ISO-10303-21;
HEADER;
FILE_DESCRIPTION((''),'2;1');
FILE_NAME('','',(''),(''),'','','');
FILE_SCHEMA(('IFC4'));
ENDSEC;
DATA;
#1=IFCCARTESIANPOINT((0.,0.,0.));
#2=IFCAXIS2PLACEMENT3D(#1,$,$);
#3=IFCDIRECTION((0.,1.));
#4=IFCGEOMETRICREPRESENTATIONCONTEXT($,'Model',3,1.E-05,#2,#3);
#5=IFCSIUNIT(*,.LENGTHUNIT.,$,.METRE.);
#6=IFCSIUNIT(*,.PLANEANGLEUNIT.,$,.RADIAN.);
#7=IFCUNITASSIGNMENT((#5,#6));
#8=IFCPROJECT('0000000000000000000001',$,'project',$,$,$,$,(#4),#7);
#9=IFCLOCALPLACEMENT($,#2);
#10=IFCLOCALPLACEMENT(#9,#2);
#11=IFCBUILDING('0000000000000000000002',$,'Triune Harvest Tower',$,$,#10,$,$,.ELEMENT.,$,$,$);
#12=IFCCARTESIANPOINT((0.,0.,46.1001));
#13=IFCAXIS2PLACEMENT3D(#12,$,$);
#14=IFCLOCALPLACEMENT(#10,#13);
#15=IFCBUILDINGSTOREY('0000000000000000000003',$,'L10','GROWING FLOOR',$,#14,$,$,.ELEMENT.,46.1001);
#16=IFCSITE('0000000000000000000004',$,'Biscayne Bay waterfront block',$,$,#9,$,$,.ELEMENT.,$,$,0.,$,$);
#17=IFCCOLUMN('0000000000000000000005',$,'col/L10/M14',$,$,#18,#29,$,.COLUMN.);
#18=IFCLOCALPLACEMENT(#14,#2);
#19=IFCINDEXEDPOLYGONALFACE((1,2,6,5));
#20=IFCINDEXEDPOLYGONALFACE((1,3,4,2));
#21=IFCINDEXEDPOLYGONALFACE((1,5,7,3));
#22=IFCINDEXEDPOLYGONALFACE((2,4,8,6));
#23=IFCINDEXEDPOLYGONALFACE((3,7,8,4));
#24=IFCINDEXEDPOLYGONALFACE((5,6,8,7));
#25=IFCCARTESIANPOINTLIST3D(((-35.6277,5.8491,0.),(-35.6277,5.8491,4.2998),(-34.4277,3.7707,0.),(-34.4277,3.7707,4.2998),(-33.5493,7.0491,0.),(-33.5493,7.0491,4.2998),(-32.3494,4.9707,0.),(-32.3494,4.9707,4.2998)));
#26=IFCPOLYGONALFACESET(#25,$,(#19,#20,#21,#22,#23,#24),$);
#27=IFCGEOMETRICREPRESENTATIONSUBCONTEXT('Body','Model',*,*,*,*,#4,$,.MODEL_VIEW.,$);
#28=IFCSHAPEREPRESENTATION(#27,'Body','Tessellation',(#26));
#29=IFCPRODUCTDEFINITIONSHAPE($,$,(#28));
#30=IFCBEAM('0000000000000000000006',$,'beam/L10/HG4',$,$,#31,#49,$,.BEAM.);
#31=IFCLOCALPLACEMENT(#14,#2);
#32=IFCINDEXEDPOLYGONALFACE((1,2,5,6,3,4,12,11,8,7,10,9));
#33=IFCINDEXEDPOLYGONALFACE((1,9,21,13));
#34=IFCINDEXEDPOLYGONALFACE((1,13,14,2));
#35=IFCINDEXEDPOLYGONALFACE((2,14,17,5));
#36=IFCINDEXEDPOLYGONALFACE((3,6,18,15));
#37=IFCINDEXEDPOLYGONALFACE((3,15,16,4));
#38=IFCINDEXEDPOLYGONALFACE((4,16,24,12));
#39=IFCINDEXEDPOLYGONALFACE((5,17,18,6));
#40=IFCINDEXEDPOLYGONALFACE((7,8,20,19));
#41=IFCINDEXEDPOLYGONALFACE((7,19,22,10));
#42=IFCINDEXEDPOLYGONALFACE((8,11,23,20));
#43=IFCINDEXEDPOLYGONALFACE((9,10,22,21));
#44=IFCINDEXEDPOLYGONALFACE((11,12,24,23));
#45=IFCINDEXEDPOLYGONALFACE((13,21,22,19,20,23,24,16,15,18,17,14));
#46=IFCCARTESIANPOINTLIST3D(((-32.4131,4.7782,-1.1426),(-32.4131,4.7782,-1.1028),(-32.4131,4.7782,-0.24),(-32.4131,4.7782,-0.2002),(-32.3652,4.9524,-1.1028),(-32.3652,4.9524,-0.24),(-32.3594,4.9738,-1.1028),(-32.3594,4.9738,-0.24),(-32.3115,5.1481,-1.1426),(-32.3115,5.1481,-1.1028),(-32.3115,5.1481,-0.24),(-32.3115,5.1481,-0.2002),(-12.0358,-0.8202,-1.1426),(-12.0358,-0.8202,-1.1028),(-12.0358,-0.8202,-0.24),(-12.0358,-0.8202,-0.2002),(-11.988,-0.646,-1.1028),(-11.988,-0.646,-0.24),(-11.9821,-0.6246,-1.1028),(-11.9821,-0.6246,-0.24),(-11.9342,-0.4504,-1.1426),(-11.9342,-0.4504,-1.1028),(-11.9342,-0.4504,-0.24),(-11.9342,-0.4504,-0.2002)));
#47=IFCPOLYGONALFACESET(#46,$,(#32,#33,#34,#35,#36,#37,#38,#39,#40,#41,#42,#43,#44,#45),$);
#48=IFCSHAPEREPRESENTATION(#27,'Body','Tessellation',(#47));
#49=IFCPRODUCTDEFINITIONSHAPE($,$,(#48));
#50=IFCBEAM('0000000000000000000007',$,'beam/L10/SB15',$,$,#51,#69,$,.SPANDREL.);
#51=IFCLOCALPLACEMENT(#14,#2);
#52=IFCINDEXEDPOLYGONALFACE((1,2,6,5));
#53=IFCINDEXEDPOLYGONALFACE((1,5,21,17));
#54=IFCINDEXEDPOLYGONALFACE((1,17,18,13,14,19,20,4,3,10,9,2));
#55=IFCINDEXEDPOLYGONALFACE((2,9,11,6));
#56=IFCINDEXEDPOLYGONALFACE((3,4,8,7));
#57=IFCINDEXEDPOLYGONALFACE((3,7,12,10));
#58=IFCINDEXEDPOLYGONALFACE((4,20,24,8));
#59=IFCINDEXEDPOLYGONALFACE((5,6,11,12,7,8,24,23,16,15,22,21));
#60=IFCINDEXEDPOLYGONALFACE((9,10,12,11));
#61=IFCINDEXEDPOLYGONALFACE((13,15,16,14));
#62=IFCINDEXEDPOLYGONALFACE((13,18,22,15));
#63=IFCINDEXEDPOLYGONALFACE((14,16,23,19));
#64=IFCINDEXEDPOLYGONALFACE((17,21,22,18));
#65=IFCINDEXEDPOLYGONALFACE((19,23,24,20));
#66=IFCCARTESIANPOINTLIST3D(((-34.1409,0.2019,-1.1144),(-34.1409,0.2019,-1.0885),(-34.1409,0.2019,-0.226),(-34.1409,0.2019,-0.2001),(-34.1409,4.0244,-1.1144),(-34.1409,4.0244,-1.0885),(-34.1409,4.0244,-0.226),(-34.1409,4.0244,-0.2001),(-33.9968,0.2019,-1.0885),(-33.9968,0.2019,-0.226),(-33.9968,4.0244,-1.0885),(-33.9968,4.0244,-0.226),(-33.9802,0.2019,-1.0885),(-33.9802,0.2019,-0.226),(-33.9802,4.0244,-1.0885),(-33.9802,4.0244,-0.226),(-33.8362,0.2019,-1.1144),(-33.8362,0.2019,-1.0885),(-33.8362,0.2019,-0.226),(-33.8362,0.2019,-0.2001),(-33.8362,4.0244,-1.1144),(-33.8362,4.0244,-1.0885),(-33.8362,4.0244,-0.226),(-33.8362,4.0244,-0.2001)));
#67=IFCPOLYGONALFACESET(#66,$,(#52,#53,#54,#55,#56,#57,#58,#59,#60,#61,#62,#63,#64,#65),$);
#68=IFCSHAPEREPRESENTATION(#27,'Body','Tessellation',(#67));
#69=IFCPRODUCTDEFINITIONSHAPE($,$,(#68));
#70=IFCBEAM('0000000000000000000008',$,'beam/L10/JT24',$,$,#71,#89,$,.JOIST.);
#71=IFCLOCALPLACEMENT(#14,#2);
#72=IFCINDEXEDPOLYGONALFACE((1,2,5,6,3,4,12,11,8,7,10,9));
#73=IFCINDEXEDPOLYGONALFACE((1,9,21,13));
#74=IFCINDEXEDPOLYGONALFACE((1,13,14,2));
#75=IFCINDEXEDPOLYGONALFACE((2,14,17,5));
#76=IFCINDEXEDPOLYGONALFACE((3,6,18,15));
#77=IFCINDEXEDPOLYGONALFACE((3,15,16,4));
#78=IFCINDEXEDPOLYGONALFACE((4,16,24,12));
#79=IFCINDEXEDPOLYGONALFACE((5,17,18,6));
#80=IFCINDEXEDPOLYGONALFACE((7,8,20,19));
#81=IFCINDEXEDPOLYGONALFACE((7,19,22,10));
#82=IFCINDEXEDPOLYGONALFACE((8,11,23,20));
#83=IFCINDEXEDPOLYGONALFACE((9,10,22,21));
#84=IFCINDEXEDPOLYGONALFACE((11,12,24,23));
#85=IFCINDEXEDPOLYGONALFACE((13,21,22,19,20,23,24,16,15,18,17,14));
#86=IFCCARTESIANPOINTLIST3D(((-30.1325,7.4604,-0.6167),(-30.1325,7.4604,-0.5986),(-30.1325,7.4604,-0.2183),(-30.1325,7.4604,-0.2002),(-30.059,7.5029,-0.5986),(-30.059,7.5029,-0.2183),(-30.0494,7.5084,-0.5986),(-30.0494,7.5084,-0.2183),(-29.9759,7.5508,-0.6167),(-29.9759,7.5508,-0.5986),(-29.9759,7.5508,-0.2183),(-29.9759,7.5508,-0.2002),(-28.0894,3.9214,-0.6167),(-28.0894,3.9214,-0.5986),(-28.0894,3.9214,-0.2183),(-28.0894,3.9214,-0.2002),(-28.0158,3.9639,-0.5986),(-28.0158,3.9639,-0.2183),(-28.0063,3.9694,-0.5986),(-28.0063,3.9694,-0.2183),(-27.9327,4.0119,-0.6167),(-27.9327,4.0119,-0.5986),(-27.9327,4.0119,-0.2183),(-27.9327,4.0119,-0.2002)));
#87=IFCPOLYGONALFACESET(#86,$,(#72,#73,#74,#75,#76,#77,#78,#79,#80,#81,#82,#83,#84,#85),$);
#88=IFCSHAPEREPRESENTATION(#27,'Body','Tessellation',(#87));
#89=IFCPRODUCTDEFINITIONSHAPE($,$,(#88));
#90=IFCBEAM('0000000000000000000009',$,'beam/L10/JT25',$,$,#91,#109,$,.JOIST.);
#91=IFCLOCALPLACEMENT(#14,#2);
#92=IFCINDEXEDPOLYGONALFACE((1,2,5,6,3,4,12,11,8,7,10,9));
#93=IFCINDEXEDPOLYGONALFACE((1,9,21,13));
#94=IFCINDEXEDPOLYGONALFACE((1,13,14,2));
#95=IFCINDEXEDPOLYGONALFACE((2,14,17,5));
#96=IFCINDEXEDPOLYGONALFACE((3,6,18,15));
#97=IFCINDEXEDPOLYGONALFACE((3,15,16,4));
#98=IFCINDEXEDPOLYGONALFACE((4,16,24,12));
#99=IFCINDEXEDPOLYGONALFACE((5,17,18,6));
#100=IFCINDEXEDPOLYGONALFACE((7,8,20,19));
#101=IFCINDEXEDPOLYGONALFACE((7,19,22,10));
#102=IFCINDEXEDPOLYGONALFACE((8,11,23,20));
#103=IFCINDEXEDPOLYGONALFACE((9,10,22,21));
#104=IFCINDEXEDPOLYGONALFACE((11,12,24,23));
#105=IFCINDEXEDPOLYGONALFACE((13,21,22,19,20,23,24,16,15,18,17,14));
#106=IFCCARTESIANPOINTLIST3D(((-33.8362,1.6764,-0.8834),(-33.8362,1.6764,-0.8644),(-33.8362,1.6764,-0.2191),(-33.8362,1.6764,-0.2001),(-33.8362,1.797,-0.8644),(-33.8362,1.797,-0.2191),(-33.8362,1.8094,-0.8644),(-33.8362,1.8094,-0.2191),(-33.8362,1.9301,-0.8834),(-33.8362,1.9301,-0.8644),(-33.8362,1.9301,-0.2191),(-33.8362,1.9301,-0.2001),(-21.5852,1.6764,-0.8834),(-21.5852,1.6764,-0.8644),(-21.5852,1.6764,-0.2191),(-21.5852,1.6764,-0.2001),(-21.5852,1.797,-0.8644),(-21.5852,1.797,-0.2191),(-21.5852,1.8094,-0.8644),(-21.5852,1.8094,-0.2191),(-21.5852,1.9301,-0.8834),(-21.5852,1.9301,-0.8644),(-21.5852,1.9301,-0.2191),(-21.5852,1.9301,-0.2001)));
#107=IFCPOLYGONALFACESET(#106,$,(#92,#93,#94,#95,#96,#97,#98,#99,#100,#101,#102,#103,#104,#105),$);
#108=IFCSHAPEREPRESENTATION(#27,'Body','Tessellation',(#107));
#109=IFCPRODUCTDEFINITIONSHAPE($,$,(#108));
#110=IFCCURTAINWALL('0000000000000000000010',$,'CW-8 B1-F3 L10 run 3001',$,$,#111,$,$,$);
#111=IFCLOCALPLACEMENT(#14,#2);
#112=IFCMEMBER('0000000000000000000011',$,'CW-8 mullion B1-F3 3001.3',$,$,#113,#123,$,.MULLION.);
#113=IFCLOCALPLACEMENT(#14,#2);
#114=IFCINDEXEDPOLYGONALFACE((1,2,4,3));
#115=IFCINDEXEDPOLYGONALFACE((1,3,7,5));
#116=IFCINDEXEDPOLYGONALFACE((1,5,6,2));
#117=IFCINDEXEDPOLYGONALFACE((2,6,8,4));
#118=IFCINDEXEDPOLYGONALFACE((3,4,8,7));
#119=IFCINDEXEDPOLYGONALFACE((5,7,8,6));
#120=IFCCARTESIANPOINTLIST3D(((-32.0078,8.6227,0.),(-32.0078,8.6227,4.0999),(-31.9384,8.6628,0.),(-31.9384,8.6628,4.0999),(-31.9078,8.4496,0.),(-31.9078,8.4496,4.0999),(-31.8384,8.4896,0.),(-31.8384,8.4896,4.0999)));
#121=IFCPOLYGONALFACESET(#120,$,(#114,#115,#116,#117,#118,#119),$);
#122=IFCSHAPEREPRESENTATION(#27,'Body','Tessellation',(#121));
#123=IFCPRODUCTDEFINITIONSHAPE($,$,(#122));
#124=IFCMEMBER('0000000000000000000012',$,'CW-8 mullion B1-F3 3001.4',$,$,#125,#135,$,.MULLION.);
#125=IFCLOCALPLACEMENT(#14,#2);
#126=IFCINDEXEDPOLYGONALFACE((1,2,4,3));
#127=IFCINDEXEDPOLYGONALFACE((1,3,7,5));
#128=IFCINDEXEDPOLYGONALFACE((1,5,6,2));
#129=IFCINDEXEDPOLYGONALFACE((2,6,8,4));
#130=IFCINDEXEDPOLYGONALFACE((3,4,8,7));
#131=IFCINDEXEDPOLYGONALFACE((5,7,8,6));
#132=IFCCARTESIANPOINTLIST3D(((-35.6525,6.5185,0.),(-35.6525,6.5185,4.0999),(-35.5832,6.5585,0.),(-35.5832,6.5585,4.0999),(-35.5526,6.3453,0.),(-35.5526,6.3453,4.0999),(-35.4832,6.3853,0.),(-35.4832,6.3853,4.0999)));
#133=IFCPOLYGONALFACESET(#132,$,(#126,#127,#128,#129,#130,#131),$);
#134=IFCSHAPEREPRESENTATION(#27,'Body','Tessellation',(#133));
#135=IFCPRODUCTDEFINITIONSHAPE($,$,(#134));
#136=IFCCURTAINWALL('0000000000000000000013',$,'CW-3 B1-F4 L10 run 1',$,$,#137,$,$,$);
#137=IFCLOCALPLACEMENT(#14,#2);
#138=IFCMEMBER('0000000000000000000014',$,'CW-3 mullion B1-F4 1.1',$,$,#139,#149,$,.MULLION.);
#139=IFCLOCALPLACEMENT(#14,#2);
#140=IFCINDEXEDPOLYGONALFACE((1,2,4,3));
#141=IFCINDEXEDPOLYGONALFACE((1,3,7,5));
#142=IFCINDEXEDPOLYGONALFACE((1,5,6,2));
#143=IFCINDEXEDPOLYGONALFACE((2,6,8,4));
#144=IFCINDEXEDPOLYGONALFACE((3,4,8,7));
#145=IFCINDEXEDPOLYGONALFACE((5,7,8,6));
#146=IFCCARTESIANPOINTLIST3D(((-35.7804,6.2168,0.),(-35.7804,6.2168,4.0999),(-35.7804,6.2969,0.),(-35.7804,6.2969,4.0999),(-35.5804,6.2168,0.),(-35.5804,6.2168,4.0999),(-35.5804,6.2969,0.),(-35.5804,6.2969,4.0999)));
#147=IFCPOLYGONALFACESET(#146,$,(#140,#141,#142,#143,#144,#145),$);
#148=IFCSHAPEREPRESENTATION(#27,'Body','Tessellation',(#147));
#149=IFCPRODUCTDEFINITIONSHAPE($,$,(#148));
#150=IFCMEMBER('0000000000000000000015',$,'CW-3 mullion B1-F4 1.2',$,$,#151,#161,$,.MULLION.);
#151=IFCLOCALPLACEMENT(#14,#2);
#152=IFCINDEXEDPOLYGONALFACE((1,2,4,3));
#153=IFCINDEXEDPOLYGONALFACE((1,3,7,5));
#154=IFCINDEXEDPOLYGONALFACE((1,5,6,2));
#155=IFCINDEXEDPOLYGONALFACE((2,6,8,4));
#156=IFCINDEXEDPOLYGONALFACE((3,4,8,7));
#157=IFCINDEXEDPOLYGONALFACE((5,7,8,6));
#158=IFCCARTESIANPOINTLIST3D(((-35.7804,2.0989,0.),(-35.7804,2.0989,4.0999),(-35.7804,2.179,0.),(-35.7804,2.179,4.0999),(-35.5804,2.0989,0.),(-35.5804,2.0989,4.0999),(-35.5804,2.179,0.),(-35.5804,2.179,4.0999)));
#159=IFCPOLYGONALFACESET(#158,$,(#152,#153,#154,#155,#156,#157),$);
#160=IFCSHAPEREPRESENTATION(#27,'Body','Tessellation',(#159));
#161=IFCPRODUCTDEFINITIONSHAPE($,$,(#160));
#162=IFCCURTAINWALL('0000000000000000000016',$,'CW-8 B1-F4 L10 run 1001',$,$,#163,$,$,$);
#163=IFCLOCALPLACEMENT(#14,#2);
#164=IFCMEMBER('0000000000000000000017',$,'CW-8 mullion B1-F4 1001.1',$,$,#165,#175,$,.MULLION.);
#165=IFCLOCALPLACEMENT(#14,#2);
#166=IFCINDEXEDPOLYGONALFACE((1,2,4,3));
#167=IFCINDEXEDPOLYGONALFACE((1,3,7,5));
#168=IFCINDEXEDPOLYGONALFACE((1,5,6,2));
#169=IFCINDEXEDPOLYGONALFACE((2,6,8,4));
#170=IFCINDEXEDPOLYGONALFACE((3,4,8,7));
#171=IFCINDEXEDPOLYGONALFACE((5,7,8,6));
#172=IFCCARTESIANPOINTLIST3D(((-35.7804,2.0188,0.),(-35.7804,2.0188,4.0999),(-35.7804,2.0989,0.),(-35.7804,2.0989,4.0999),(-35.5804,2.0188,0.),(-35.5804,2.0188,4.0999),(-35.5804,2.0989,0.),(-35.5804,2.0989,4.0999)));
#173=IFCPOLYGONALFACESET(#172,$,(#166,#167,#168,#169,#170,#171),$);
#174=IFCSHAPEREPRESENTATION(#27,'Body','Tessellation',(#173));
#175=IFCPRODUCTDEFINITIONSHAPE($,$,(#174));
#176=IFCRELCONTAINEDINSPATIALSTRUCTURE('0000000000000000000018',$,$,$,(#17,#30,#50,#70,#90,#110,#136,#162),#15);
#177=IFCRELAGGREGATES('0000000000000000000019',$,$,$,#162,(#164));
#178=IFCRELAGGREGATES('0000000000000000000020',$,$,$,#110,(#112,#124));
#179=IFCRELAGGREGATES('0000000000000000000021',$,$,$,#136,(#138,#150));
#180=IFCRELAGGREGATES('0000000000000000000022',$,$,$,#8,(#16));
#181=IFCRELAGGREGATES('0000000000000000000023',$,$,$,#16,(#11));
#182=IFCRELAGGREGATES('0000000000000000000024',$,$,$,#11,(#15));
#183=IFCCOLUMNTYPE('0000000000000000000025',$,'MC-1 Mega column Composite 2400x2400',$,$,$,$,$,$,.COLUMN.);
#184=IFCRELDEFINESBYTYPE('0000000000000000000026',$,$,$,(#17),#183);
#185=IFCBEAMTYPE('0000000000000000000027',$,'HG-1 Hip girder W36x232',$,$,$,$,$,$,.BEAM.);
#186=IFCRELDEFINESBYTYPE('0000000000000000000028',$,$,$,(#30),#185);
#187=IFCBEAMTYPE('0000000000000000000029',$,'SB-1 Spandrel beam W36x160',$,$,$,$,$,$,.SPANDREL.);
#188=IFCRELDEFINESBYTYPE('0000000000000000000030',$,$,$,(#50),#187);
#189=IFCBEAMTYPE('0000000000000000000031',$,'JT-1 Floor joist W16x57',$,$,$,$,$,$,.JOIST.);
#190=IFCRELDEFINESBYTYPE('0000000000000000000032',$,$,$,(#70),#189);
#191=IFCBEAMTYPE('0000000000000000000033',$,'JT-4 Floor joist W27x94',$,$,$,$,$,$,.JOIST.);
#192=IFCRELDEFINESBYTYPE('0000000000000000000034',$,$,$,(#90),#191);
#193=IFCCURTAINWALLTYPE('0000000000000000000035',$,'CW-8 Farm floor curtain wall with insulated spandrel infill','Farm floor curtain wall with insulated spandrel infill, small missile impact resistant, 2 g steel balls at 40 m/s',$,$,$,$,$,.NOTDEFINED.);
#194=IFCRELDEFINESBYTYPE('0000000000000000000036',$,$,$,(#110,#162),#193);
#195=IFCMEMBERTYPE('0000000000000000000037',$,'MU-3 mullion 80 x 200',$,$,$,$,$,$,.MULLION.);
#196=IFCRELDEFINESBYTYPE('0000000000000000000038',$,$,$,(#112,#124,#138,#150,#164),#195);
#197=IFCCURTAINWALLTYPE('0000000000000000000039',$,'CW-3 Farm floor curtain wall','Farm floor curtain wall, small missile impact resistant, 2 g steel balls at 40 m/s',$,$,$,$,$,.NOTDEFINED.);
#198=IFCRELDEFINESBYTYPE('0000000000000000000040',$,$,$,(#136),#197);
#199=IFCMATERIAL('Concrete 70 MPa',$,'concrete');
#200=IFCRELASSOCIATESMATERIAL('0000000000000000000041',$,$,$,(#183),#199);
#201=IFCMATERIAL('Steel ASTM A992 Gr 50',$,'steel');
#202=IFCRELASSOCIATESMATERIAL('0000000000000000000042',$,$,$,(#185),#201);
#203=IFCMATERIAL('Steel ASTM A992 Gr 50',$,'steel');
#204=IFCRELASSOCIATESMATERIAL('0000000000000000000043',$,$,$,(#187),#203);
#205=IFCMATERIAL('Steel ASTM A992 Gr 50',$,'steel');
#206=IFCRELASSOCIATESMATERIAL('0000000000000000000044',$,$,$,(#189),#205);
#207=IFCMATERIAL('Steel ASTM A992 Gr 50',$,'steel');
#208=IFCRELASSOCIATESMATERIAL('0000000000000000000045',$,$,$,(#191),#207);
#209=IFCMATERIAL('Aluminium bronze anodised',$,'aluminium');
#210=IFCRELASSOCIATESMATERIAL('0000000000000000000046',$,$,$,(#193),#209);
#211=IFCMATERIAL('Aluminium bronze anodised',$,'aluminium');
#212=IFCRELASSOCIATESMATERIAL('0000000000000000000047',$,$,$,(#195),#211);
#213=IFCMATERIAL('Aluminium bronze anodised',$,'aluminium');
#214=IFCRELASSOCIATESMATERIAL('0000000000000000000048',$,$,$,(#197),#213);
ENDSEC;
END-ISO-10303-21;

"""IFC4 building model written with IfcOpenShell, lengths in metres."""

from ifc_helpers import new_model, si_unit, direction, frame, origin, origin_2d, place, context, subcontext, project, spatial, rectangle, i_section, extrude, source, transform, mapped, material, material_profile, profile_set, type_object, element, aggregate, save


model = new_model("IFC4")

# Units and contexts
model_context = context("Model", 3, precision=1e-05, world=origin(), true_north=direction((0.0, 1.0)))
body_context = subcontext(model_context, "Body", "Model", "MODEL_VIEW")
ifc_project = project(units=[si_unit("LENGTHUNIT", "METRE"), si_unit("PLANEANGLEUNIT", "RADIAN")], contexts=[model_context])

# Site, building, storey
site_placement = place(None, origin())
site = spatial("IfcSite", under=ifc_project, at=site_placement, Name="Biscayne Bay waterfront block", CompositionType="ELEMENT", RefElevation=0.0)
building_placement = place(site_placement, origin())
building = spatial("IfcBuilding", under=site, at=building_placement, Name="Triune Harvest Tower", CompositionType="ELEMENT")
storey_placement = place(building_placement, frame((0.0, 0.0, 46.1001)))
storey = spatial("IfcBuildingStorey", under=building, at=storey_placement, Name="L10", Description="GROWING FLOOR", CompositionType="ELEMENT", Elevation=46.1001)

# Column
ifc_material_1 = material(Name="Concrete 70 MPa", Category="concrete")
ifc_material_profile_1 = material_profile(ifc_material_1, rectangle(XDim=2.3999, YDim=2.3999, at=origin_2d()), Name="Composite 2400x2400")
ifc_profile_set_1 = profile_set([ifc_material_profile_1], Name="Concrete 70 MPa")
column_type = type_object("IfcColumnType", Name="MC-1 Mega column Composite 2400x2400", PredefinedType="COLUMN", material=ifc_profile_set_1)
shared_shape_1 = source(origin(), body_context, "Body", "SweptSolid", [
    extrude(rectangle(XDim=2.3999, YDim=2.3999, at=origin_2d()), origin(), (0.0, 0.0, 1.0), 4.2998),
])
column_placement = place(storey_placement, frame((-33.9885, 5.4099, 0.0), z_axis=(0.0, 0.0, 1.0), x_axis=(-0.866025, -0.5, 0.0)))
element("IfcColumn", 1, at=column_placement, inside=storey, type_object=column_type, Name="col/L10/M14", PredefinedType="COLUMN", context=body_context, shape_type="MappedRepresentation", body=[
    mapped(shared_shape_1, transform((0.0, 0.0, 0.0), scale=1.0)),
])

# Beams
ifc_material_2 = material(Name="Steel ASTM A992 Gr 50", Category="steel")
ifc_material_profile_2 = material_profile(ifc_material_2, i_section(OverallWidth=0.3835, OverallDepth=0.9424, WebThickness=0.0222, FlangeThickness=0.0398, at=origin_2d()), Name="W36x232")
ifc_profile_set_2 = profile_set([ifc_material_profile_2], Name="Steel ASTM A992 Gr 50")
beam_type_1 = type_object("IfcBeamType", Name="HG-1 Hip girder W36x232", PredefinedType="BEAM", material=ifc_profile_set_2)
shared_shape_2 = source(origin(), body_context, "Body", "SweptSolid", [
    extrude(i_section(OverallWidth=0.3835, OverallDepth=0.9424, WebThickness=0.0222, FlangeThickness=0.0398, at=origin_2d()), origin(), (0.0, 0.0, 1.0), 21.1323),
])
beam_1_placement = place(storey_placement, frame((-32.3623, 4.9631, -0.6714), z_axis=(0.96427, -0.264922, 0.0), x_axis=(0.264922, 0.96427, 0.0)))
element("IfcBeam", 2, at=beam_1_placement, inside=storey, type_object=beam_type_1, Name="beam/L10/HG4", PredefinedType="BEAM", context=body_context, shape_type="MappedRepresentation", body=[
    mapped(shared_shape_2, transform((0.0, 0.0, 0.0), scale=1.0)),
])
ifc_material_3 = material(Name="Steel ASTM A992 Gr 50", Category="steel")
ifc_material_profile_3 = material_profile(ifc_material_3, i_section(OverallWidth=0.3047, OverallDepth=0.9143, WebThickness=0.0166, FlangeThickness=0.0259, at=origin_2d()), Name="W36x160")
ifc_profile_set_3 = profile_set([ifc_material_profile_3], Name="Steel ASTM A992 Gr 50")
beam_type_2 = type_object("IfcBeamType", Name="SB-1 Spandrel beam W36x160", PredefinedType="SPANDREL", material=ifc_profile_set_3)
shared_shape_3 = source(origin(), body_context, "Body", "SweptSolid", [
    extrude(i_section(OverallWidth=0.3047, OverallDepth=0.9143, WebThickness=0.0166, FlangeThickness=0.0259, at=origin_2d()), origin(), (0.0, 0.0, 1.0), 3.8225),
])
beam_2_placement = place(storey_placement, frame((-33.9885, 4.0244, -0.6572), z_axis=(0.0, -1.0, 0.0), x_axis=(1.0, 0.0, 0.0)))
element("IfcBeam", 3, at=beam_2_placement, inside=storey, type_object=beam_type_2, Name="beam/L10/SB15", PredefinedType="SPANDREL", context=body_context, shape_type="MappedRepresentation", body=[
    mapped(shared_shape_3, transform((0.0, 0.0, 0.0), scale=1.0)),
])
ifc_material_4 = material(Name="Steel ASTM A992 Gr 50", Category="steel")
ifc_material_profile_4 = material_profile(ifc_material_4, i_section(OverallWidth=0.1809, OverallDepth=0.4165, WebThickness=0.011, FlangeThickness=0.0181, at=origin_2d()), Name="W16x57")
ifc_profile_set_4 = profile_set([ifc_material_profile_4], Name="Steel ASTM A992 Gr 50")
beam_type_3 = type_object("IfcBeamType", Name="JT-1 Floor joist W16x57", PredefinedType="JOIST", material=ifc_profile_set_4)
shared_shape_4 = source(origin(), body_context, "Body", "SweptSolid", [
    extrude(i_section(OverallWidth=0.1809, OverallDepth=0.4165, WebThickness=0.011, FlangeThickness=0.0181, at=origin_2d()), origin(), (0.0, 0.0, 1.0), 4.0864),
])
beam_3_placement = place(storey_placement, frame((-30.0542, 7.5056, -0.4084), z_axis=(0.499988, -0.866032, 0.0), x_axis=(0.866032, 0.499988, 0.0)))
element("IfcBeam", 4, at=beam_3_placement, inside=storey, type_object=beam_type_3, Name="beam/L10/JT24", PredefinedType="JOIST", context=body_context, shape_type="MappedRepresentation", body=[
    mapped(shared_shape_4, transform((0.0, 0.0, 0.0), scale=1.0)),
])
ifc_material_5 = material(Name="Steel ASTM A992 Gr 50", Category="steel")
ifc_material_profile_5 = material_profile(ifc_material_5, i_section(OverallWidth=0.2537, OverallDepth=0.6833, WebThickness=0.0125, FlangeThickness=0.019, at=origin_2d()), Name="W27x94")
ifc_profile_set_5 = profile_set([ifc_material_profile_5], Name="Steel ASTM A992 Gr 50")
beam_type_4 = type_object("IfcBeamType", Name="JT-4 Floor joist W27x94", PredefinedType="JOIST", material=ifc_profile_set_5)
shared_shape_5 = source(origin(), body_context, "Body", "SweptSolid", [
    extrude(i_section(OverallWidth=0.2537, OverallDepth=0.6833, WebThickness=0.0125, FlangeThickness=0.019, at=origin_2d()), origin(), (0.0, 0.0, 1.0), 12.251),
])
beam_4_placement = place(storey_placement, frame((-33.8362, 1.8032, -0.5417), z_axis=(1.0, 0.0, 0.0), x_axis=(0.0, 1.0, 0.0)))
element("IfcBeam", 5, at=beam_4_placement, inside=storey, type_object=beam_type_4, Name="beam/L10/JT25", PredefinedType="JOIST", context=body_context, shape_type="MappedRepresentation", body=[
    mapped(shared_shape_5, transform((0.0, 0.0, 0.0), scale=1.0)),
])

# Curtain walls, members
ifc_material_6 = material(Name="Aluminium bronze anodised", Category="aluminium")
curtain_wall_type_1 = type_object("IfcCurtainWallType", Name="CW-8 Farm floor curtain wall with insulated spandrel infill", Description="Farm floor curtain wall with insulated spandrel infill, small missile impact resistant, 2 g steel balls at 40 m/s", PredefinedType="NOTDEFINED", material=ifc_material_6)
curtain_wall_1_placement = place(storey_placement, origin())
curtain_wall_1 = element("IfcCurtainWall", 6, at=curtain_wall_1_placement, inside=storey, type_object=curtain_wall_type_1, Name="CW-8 B1-F3 L10 run 3001")
ifc_material_7 = material(Name="Aluminium bronze anodised", Category="aluminium")
ifc_material_profile_6 = material_profile(ifc_material_7, rectangle(XDim=0.2, YDim=0.0801, at=origin_2d()), Name="MU-3 mullion 80 x 200")
ifc_profile_set_6 = profile_set([ifc_material_profile_6], Name="Aluminium bronze anodised")
member_type_1 = type_object("IfcMemberType", Name="MU-3 mullion 80 x 200", PredefinedType="MULLION", material=ifc_profile_set_6)
shared_shape_6 = source(origin(), body_context, "Body", "SweptSolid", [
    extrude(rectangle(XDim=0.2, YDim=0.0801, at=origin_2d()), origin(), (0.0, 0.0, 1.0), 4.0999),
])
member_1_placement = place(storey_placement, frame((-31.9231, 8.5562, 0.0), z_axis=(0.0, 0.0, 1.0), x_axis=(0.499999, -0.866026, 0.0)))
member_1 = element("IfcMember", 7, at=member_1_placement, type_object=member_type_1, Name="CW-8 mullion B1-F3 3001.3", PredefinedType="MULLION", context=body_context, shape_type="MappedRepresentation", body=[
    mapped(shared_shape_6, transform((0.0, 0.0, 0.0), scale=1.0)),
])
member_2_placement = place(storey_placement, frame((-35.5679, 6.4519, 0.0), z_axis=(0.0, 0.0, 1.0), x_axis=(0.499999, -0.866026, 0.0)))
member_2 = element("IfcMember", 8, at=member_2_placement, type_object=member_type_1, Name="CW-8 mullion B1-F3 3001.4", PredefinedType="MULLION", context=body_context, shape_type="MappedRepresentation", body=[
    mapped(shared_shape_6, transform((0.0, 0.0, 0.0), scale=1.0)),
])
ifc_material_8 = material(Name="Aluminium bronze anodised", Category="aluminium")
curtain_wall_type_2 = type_object("IfcCurtainWallType", Name="CW-3 Farm floor curtain wall", Description="Farm floor curtain wall, small missile impact resistant, 2 g steel balls at 40 m/s", PredefinedType="NOTDEFINED", material=ifc_material_8)
curtain_wall_2_placement = place(storey_placement, origin())
curtain_wall_2 = element("IfcCurtainWall", 9, at=curtain_wall_2_placement, inside=storey, type_object=curtain_wall_type_2, Name="CW-3 B1-F4 L10 run 1")
member_3_placement = place(storey_placement, frame((-35.6804, 6.2568, 0.0), z_axis=(0.0, 0.0, 1.0), x_axis=(1.0, 0.0, 0.0)))
member_3 = element("IfcMember", 10, at=member_3_placement, type_object=member_type_1, Name="CW-3 mullion B1-F4 1.1", PredefinedType="MULLION", context=body_context, shape_type="MappedRepresentation", body=[
    mapped(shared_shape_6, transform((0.0, 0.0, 0.0), scale=1.0)),
])
member_4_placement = place(storey_placement, frame((-35.6804, 2.1389, 0.0), z_axis=(0.0, 0.0, 1.0), x_axis=(1.0, 0.0, 0.0)))
member_4 = element("IfcMember", 11, at=member_4_placement, type_object=member_type_1, Name="CW-3 mullion B1-F4 1.2", PredefinedType="MULLION", context=body_context, shape_type="MappedRepresentation", body=[
    mapped(shared_shape_6, transform((0.0, 0.0, 0.0), scale=1.0)),
])

# Curtain wall, member
curtain_wall_3_placement = place(storey_placement, origin())
curtain_wall_3 = element("IfcCurtainWall", 12, at=curtain_wall_3_placement, inside=storey, type_object=curtain_wall_type_1, Name="CW-8 B1-F4 L10 run 1001")
member_5_placement = place(storey_placement, frame((-35.6804, 2.0588, 0.0), z_axis=(0.0, 0.0, 1.0), x_axis=(1.0, 0.0, 0.0)))
member_5 = element("IfcMember", 13, at=member_5_placement, type_object=member_type_1, Name="CW-8 mullion B1-F4 1001.1", PredefinedType="MULLION", context=body_context, shape_type="MappedRepresentation", body=[
    mapped(shared_shape_6, transform((0.0, 0.0, 0.0), scale=1.0)),
])

aggregate(curtain_wall_3, [member_5])

aggregate(curtain_wall_1, [member_1, member_2])
aggregate(curtain_wall_2, [member_3, member_4])

save(model, "model.ifc")
